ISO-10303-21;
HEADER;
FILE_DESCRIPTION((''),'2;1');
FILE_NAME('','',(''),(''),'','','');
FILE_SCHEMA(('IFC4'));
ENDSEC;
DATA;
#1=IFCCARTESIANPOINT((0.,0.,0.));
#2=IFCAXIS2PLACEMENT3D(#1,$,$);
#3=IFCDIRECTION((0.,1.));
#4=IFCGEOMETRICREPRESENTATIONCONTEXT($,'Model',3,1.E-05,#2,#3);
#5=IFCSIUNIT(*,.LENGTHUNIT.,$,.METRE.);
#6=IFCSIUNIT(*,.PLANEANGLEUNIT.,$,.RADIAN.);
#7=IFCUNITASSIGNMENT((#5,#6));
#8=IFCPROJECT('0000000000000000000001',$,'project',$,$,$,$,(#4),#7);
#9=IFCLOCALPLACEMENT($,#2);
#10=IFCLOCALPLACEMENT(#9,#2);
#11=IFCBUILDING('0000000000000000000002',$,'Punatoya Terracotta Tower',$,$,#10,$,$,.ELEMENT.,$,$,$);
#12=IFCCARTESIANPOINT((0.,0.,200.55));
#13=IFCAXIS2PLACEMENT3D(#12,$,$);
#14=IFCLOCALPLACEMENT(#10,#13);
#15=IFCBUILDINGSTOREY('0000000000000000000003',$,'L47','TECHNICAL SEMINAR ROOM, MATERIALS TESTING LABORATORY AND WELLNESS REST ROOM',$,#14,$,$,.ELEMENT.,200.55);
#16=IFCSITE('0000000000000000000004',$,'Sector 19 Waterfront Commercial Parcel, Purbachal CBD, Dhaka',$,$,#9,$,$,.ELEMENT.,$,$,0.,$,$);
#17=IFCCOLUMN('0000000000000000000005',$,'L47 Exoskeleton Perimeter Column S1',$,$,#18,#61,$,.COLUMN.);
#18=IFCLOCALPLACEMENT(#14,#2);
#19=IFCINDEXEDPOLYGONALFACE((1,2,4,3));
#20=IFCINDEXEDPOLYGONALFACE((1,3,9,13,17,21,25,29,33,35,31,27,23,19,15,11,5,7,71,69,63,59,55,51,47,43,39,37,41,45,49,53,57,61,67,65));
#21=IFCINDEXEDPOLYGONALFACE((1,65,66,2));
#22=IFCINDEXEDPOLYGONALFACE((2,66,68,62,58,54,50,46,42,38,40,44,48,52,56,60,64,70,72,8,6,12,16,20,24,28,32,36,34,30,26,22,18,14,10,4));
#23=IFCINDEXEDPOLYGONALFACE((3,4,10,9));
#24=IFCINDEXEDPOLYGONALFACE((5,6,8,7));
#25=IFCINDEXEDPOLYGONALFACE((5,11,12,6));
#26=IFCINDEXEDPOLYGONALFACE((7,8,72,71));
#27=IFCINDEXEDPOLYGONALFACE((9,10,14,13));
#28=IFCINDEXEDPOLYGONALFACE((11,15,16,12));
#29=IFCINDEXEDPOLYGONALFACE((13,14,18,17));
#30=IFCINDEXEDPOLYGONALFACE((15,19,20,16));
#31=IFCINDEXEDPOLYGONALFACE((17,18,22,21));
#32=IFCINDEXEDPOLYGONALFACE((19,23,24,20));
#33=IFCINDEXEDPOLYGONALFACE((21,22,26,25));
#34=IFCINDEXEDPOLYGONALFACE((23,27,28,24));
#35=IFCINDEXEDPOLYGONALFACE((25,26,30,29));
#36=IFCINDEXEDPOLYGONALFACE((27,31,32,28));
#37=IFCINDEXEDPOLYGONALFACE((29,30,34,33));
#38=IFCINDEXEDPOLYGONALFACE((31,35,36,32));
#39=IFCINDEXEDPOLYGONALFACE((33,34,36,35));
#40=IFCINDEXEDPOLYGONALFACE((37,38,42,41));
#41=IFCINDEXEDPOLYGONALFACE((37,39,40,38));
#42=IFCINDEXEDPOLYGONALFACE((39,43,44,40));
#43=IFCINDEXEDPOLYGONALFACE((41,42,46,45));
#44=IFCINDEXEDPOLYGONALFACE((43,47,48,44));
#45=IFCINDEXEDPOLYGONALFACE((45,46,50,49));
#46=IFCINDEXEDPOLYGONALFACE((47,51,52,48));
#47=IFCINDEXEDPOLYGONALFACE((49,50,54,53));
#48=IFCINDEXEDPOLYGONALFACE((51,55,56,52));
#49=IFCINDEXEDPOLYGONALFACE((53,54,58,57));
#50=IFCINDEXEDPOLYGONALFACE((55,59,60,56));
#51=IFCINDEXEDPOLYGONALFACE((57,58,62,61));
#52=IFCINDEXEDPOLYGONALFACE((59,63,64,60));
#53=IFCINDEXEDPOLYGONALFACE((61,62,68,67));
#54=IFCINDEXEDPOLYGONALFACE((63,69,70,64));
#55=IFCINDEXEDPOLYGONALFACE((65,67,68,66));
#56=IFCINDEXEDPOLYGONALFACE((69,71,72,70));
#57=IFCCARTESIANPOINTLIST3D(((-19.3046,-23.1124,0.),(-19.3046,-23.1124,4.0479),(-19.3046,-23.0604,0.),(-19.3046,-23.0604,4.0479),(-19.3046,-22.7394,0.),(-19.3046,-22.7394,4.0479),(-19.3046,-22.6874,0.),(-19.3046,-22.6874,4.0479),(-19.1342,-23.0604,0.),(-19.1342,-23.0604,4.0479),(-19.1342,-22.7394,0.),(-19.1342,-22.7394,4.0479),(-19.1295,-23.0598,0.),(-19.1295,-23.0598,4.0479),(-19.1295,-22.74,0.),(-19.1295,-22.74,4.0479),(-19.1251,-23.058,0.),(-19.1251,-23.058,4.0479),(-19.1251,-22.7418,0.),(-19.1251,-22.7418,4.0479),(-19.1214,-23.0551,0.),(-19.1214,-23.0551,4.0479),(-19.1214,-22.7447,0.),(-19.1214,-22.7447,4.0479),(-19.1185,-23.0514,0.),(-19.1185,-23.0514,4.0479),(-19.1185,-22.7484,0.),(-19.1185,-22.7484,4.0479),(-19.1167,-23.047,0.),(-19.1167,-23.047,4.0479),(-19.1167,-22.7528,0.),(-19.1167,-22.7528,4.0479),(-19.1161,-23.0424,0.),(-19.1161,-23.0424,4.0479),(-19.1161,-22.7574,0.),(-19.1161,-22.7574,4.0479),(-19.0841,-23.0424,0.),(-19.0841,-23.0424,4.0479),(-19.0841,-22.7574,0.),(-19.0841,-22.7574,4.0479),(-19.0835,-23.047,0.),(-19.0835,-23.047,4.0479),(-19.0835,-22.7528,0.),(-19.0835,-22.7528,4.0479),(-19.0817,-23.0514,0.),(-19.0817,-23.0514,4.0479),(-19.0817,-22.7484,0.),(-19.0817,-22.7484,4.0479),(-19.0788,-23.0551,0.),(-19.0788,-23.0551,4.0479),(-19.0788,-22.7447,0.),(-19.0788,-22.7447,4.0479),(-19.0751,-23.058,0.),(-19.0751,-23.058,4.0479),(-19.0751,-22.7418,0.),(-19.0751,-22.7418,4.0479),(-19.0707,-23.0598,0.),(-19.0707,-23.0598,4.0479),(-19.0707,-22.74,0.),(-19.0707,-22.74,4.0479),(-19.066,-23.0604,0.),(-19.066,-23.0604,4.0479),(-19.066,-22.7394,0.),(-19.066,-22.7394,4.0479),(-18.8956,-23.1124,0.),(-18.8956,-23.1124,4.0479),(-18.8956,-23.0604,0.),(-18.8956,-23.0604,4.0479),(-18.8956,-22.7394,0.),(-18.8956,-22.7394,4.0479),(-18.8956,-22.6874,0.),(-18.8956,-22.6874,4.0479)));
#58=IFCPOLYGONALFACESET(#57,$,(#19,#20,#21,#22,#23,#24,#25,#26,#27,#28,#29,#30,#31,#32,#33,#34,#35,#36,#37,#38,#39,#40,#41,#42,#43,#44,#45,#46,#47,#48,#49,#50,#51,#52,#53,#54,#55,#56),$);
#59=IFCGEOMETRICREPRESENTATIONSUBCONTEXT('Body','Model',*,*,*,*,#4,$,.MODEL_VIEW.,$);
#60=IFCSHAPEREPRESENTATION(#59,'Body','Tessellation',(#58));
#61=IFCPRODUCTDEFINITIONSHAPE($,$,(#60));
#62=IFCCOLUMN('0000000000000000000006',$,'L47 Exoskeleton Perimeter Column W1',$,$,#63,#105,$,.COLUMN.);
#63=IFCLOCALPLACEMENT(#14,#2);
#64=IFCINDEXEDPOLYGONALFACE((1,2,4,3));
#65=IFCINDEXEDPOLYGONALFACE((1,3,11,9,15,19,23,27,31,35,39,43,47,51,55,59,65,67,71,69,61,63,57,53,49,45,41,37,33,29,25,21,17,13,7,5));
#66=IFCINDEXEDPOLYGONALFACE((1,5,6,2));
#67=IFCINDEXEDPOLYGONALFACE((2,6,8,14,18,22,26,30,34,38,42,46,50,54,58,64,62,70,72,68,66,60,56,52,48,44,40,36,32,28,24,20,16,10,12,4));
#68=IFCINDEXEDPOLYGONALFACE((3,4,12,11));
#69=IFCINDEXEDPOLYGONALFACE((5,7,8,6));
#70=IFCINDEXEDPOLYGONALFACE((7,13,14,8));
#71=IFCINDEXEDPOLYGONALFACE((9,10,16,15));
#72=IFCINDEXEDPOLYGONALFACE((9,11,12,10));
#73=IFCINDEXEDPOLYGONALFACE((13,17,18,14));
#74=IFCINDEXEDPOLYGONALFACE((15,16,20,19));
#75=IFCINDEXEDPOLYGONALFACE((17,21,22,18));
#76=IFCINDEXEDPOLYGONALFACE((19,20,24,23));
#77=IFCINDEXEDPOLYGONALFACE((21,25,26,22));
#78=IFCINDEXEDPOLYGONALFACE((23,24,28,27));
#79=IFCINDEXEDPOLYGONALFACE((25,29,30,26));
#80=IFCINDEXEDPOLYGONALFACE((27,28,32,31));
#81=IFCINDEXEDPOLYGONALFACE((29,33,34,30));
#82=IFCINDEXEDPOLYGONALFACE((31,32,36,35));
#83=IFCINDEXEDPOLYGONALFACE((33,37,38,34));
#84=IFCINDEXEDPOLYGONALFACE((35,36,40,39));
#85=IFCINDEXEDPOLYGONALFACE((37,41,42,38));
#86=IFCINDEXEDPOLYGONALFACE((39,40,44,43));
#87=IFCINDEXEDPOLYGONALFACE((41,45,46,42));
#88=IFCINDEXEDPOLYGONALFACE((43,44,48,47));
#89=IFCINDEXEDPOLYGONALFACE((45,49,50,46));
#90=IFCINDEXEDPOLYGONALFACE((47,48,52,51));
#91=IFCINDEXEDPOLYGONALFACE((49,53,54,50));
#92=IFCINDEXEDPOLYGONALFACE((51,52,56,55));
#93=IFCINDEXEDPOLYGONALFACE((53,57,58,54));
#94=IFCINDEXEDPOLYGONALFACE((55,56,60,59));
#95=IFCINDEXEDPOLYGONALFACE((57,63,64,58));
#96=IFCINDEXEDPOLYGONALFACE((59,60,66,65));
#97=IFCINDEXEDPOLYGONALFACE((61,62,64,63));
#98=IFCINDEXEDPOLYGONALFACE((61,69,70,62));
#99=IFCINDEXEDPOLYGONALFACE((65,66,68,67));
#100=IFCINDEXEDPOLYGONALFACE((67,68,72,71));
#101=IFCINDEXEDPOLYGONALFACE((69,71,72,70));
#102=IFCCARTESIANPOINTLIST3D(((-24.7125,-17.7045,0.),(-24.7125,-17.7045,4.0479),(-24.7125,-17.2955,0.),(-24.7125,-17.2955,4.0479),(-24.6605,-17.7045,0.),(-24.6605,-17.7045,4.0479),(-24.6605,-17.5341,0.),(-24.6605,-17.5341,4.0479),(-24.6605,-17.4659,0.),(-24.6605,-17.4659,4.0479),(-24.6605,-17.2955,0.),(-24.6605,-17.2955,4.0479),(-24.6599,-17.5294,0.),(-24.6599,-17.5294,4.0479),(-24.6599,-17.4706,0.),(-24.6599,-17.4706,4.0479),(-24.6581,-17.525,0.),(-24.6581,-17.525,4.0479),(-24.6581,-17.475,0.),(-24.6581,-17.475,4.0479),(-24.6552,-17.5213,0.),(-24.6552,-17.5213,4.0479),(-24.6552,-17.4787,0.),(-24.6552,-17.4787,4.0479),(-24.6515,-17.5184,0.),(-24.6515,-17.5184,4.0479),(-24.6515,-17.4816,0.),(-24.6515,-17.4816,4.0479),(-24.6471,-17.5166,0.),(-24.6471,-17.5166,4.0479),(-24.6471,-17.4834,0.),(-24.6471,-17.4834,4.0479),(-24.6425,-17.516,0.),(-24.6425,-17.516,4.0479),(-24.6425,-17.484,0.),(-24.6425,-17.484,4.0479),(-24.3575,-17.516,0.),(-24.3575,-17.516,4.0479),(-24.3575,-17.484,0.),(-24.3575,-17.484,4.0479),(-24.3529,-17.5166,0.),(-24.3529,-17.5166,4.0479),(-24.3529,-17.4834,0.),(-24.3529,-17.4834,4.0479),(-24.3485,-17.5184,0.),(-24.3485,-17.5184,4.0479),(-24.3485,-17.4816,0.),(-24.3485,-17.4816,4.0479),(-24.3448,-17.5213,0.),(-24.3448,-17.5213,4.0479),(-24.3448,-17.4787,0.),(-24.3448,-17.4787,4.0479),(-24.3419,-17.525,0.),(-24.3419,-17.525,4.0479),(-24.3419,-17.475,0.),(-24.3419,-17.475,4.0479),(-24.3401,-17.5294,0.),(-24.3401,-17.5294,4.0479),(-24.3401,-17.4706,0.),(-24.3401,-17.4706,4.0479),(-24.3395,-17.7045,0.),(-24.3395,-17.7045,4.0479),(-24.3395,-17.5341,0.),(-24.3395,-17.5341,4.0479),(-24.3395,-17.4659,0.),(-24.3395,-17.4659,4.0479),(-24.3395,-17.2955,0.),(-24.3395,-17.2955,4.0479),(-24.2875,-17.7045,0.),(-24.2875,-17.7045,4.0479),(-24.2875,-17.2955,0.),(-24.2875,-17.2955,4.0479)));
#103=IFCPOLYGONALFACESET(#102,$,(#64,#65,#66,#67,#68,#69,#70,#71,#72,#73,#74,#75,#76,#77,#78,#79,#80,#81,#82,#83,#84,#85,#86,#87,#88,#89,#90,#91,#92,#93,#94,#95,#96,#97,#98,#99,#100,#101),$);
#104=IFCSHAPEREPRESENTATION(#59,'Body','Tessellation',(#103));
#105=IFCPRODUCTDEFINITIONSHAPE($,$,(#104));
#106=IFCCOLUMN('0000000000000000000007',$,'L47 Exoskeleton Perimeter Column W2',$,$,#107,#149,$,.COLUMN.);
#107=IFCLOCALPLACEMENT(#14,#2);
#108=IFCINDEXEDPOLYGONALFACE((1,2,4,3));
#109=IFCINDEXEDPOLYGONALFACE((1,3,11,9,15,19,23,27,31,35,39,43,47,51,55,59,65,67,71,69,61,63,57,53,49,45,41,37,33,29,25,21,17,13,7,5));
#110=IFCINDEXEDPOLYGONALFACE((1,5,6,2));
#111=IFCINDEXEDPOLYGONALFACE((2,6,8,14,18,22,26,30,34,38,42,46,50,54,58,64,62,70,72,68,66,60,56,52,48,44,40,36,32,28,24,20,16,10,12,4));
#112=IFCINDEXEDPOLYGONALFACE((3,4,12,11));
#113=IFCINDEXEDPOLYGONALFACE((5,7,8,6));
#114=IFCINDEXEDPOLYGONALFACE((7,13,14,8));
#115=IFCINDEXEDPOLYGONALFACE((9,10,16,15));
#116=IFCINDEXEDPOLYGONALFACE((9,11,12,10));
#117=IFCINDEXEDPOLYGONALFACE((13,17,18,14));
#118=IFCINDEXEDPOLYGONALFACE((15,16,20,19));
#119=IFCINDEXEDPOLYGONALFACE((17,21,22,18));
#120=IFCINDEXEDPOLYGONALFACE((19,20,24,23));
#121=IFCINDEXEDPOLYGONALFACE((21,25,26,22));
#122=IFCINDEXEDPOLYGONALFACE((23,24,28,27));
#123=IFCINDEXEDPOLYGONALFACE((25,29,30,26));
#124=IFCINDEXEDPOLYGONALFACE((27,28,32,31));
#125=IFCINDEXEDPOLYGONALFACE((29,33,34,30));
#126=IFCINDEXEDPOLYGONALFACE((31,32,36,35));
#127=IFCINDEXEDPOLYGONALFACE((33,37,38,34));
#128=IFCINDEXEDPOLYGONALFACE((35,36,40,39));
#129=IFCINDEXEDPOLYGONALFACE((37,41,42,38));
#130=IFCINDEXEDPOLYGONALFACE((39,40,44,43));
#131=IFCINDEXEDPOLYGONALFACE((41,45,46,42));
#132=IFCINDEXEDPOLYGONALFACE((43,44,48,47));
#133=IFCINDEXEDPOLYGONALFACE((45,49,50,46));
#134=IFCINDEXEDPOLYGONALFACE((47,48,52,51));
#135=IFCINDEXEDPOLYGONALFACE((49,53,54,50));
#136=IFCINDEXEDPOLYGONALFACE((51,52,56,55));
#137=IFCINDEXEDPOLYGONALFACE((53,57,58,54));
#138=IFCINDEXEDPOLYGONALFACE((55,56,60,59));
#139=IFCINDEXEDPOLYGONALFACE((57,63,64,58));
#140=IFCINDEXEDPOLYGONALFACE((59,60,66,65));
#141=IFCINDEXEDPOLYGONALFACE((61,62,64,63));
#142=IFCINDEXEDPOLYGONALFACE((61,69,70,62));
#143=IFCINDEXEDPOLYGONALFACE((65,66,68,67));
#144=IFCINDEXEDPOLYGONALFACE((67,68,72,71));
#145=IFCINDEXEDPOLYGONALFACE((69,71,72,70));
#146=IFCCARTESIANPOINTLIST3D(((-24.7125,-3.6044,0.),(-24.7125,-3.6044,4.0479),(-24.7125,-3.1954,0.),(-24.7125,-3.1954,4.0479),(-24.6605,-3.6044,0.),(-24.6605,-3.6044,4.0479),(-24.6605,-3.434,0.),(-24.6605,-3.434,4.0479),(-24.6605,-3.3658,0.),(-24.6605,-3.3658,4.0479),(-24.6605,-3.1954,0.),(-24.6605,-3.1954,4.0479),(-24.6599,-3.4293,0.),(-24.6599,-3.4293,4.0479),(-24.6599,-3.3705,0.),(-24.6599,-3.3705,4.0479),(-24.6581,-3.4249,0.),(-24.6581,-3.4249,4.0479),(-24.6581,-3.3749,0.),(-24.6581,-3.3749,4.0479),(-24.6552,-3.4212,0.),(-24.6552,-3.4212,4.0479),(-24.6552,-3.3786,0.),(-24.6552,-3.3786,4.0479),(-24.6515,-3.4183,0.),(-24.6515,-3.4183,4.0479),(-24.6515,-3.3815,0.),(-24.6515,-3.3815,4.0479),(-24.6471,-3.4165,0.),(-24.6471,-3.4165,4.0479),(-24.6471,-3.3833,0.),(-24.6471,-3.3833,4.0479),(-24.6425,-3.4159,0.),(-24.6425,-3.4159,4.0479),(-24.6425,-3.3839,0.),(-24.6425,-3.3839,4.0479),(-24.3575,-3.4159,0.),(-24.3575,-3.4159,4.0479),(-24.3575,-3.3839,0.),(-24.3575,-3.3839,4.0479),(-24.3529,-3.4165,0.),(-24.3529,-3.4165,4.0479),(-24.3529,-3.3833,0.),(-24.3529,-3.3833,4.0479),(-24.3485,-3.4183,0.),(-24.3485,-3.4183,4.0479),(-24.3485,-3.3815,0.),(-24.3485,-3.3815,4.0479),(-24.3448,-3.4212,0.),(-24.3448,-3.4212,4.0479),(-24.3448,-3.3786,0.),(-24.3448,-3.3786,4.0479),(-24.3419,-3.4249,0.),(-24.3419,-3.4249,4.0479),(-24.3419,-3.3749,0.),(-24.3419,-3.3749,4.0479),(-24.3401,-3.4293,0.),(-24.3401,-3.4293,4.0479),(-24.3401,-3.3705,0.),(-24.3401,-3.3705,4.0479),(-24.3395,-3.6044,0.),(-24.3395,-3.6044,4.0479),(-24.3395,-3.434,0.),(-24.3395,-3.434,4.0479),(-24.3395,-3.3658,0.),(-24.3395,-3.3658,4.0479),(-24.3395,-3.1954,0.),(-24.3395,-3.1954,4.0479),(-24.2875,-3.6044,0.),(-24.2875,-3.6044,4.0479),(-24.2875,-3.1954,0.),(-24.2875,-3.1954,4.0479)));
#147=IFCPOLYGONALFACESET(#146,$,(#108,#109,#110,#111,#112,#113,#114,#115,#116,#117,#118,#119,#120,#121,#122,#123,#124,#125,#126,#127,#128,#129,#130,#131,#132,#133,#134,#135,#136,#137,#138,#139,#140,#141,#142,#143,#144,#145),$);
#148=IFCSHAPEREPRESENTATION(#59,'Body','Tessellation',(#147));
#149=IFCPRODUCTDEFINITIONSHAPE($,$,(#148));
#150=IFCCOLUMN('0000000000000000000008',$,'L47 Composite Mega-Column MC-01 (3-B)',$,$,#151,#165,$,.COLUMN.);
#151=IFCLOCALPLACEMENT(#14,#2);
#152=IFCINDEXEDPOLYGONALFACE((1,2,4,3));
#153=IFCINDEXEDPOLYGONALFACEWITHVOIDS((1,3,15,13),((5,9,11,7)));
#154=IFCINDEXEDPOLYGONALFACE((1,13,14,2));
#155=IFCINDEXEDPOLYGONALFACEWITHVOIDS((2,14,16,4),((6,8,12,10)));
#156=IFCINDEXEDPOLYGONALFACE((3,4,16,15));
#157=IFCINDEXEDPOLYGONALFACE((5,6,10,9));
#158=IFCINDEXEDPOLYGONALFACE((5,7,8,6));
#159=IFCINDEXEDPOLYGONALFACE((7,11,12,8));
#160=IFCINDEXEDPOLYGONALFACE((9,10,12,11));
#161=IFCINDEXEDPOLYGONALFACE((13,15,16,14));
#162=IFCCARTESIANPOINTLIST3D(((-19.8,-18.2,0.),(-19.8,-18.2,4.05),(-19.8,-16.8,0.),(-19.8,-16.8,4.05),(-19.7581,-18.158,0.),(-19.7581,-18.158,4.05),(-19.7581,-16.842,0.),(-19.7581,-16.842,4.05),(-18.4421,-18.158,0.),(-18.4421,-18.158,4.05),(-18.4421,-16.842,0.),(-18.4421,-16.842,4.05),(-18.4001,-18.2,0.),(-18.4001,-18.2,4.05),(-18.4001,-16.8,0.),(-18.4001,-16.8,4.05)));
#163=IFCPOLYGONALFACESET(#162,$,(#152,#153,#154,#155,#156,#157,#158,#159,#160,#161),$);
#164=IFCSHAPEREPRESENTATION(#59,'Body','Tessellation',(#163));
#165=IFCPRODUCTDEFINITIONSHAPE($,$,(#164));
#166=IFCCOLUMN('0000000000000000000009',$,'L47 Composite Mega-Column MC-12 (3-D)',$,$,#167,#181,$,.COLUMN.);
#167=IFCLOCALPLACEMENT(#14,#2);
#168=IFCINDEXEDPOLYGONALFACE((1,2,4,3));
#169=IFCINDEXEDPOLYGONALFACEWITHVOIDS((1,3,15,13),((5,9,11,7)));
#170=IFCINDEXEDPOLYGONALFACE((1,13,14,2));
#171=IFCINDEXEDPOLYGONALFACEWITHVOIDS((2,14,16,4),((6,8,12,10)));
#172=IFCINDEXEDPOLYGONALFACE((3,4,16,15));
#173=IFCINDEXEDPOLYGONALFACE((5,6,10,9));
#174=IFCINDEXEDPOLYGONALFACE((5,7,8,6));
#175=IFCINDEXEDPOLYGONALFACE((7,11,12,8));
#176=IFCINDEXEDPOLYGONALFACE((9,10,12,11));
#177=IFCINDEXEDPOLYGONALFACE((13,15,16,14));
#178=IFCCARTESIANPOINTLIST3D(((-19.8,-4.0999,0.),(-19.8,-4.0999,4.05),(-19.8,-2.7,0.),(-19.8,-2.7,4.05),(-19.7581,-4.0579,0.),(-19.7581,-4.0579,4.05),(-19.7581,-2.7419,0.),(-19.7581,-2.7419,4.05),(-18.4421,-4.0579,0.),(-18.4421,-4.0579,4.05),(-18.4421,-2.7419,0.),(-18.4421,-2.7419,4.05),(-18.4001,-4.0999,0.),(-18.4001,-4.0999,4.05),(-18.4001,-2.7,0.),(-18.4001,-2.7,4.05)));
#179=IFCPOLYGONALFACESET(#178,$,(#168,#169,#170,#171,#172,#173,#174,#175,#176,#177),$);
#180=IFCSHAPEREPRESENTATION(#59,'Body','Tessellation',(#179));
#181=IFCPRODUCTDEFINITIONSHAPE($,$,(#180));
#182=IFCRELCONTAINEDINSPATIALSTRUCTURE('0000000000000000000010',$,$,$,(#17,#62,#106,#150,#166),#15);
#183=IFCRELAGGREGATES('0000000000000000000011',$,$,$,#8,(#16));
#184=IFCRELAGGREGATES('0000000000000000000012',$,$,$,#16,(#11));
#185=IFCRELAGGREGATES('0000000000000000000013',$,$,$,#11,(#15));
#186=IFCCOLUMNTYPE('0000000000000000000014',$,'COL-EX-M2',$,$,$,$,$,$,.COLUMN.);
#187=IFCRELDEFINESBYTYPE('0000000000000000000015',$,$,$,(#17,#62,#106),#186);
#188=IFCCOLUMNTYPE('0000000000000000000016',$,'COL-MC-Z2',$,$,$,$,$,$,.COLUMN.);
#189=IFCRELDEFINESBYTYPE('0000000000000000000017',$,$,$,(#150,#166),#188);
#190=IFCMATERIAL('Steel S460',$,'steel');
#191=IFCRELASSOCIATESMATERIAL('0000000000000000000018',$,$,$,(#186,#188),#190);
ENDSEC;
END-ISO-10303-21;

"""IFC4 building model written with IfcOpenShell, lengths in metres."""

from ifc_helpers import new_model, si_unit, direction, frame, origin, origin_2d, place, context, subcontext, project, spatial, hollow_rectangle, i_section, extrude, material, material_profile, profile_set, type_object, element, save


model = new_model("IFC4")

# Units and contexts
model_context = context("Model", 3, precision=1e-05, world=origin(), true_north=direction((0.0, 1.0)))
body_context = subcontext(model_context, "Body", "Model", "MODEL_VIEW")
ifc_project = project(units=[si_unit("LENGTHUNIT", "METRE"), si_unit("PLANEANGLEUNIT", "RADIAN")], contexts=[model_context])

# Site, building, storey
site_placement = place(None, origin())
site = spatial("IfcSite", under=ifc_project, at=site_placement, Name="Sector 19 Waterfront Commercial Parcel, Purbachal CBD, Dhaka", CompositionType="ELEMENT", RefElevation=0.0)
building_placement = place(site_placement, origin())
building = spatial("IfcBuilding", under=site, at=building_placement, Name="Punatoya Terracotta Tower", CompositionType="ELEMENT")
storey_placement = place(building_placement, frame((0.0, 0.0, 200.55)))
storey = spatial("IfcBuildingStorey", under=building, at=storey_placement, Name="L47", Description="TECHNICAL SEMINAR ROOM, MATERIALS TESTING LABORATORY AND WELLNESS REST ROOM", CompositionType="ELEMENT", Elevation=200.55)

# Columns
ifc_material_1 = material(Name="Steel S460", Category="steel")
ifc_material_profile_1 = material_profile(ifc_material_1, i_section(OverallWidth=0.4089, OverallDepth=0.425, WebThickness=0.032, FlangeThickness=0.052, FilletRadius=0.0181, at=origin_2d()))
ifc_profile_set_1 = profile_set([ifc_material_profile_1], Name="Steel S460")
column_type_1 = type_object("IfcColumnType", Name="COL-EX-M2", PredefinedType="COLUMN", material=ifc_profile_set_1)
for number, where, z_axis, x_axis, name in (
    (1, (-19.1001, -22.8999, 0.0), (0.0, 0.0, 1.0), (1.0, 0.0, 0.0), "L47 Exoskeleton Perimeter Column S1"),
    (2, (-24.5, -17.5, 0.0), (0.0, 0.0, 1.0), (0.0, 1.0, 0.0), "L47 Exoskeleton Perimeter Column W1"),
    (3, (-24.5, -3.3999, 0.0), (0.0, 0.0, 1.0), (0.0, 1.0, 0.0), "L47 Exoskeleton Perimeter Column W2"),
):
    element("IfcColumn", number, at=place(storey_placement, frame(where, z_axis=z_axis, x_axis=x_axis)), inside=storey, type_object=column_type_1, Name=name, PredefinedType="COLUMN", context=body_context, shape_type="SweptSolid", body=[
        extrude(i_section(OverallWidth=0.4089, OverallDepth=0.425, WebThickness=0.032, FlangeThickness=0.052, FilletRadius=0.0181, at=origin_2d()), origin(), (0.0, 0.0, 1.0), 4.0479),
    ])
ifc_material_profile_2 = material_profile(ifc_material_1, hollow_rectangle(XDim=1.3999, YDim=1.3999, WallThickness=0.042, at=origin_2d()))
ifc_profile_set_2 = profile_set([ifc_material_profile_2], Name="Steel S460")
column_type_2 = type_object("IfcColumnType", Name="COL-MC-Z2", PredefinedType="COLUMN", material=ifc_profile_set_2)
for number, where, z_axis, x_axis, name in (
    (4, (-19.1001, -17.5, 0.0), (0.0, 0.0, 1.0), (1.0, 0.0, 0.0), "L47 Composite Mega-Column MC-01 (3-B)"),
    (5, (-19.1001, -3.3999, 0.0), (0.0, 0.0, 1.0), (1.0, 0.0, 0.0), "L47 Composite Mega-Column MC-12 (3-D)"),
):
    element("IfcColumn", number, at=place(storey_placement, frame(where, z_axis=z_axis, x_axis=x_axis)), inside=storey, type_object=column_type_2, Name=name, PredefinedType="COLUMN", context=body_context, shape_type="SweptSolid", body=[
        extrude(hollow_rectangle(XDim=1.3999, YDim=1.3999, WallThickness=0.042, at=origin_2d()), origin(), (0.0, 0.0, 1.0), 4.05),
    ])

save(model, "model.ifc")
